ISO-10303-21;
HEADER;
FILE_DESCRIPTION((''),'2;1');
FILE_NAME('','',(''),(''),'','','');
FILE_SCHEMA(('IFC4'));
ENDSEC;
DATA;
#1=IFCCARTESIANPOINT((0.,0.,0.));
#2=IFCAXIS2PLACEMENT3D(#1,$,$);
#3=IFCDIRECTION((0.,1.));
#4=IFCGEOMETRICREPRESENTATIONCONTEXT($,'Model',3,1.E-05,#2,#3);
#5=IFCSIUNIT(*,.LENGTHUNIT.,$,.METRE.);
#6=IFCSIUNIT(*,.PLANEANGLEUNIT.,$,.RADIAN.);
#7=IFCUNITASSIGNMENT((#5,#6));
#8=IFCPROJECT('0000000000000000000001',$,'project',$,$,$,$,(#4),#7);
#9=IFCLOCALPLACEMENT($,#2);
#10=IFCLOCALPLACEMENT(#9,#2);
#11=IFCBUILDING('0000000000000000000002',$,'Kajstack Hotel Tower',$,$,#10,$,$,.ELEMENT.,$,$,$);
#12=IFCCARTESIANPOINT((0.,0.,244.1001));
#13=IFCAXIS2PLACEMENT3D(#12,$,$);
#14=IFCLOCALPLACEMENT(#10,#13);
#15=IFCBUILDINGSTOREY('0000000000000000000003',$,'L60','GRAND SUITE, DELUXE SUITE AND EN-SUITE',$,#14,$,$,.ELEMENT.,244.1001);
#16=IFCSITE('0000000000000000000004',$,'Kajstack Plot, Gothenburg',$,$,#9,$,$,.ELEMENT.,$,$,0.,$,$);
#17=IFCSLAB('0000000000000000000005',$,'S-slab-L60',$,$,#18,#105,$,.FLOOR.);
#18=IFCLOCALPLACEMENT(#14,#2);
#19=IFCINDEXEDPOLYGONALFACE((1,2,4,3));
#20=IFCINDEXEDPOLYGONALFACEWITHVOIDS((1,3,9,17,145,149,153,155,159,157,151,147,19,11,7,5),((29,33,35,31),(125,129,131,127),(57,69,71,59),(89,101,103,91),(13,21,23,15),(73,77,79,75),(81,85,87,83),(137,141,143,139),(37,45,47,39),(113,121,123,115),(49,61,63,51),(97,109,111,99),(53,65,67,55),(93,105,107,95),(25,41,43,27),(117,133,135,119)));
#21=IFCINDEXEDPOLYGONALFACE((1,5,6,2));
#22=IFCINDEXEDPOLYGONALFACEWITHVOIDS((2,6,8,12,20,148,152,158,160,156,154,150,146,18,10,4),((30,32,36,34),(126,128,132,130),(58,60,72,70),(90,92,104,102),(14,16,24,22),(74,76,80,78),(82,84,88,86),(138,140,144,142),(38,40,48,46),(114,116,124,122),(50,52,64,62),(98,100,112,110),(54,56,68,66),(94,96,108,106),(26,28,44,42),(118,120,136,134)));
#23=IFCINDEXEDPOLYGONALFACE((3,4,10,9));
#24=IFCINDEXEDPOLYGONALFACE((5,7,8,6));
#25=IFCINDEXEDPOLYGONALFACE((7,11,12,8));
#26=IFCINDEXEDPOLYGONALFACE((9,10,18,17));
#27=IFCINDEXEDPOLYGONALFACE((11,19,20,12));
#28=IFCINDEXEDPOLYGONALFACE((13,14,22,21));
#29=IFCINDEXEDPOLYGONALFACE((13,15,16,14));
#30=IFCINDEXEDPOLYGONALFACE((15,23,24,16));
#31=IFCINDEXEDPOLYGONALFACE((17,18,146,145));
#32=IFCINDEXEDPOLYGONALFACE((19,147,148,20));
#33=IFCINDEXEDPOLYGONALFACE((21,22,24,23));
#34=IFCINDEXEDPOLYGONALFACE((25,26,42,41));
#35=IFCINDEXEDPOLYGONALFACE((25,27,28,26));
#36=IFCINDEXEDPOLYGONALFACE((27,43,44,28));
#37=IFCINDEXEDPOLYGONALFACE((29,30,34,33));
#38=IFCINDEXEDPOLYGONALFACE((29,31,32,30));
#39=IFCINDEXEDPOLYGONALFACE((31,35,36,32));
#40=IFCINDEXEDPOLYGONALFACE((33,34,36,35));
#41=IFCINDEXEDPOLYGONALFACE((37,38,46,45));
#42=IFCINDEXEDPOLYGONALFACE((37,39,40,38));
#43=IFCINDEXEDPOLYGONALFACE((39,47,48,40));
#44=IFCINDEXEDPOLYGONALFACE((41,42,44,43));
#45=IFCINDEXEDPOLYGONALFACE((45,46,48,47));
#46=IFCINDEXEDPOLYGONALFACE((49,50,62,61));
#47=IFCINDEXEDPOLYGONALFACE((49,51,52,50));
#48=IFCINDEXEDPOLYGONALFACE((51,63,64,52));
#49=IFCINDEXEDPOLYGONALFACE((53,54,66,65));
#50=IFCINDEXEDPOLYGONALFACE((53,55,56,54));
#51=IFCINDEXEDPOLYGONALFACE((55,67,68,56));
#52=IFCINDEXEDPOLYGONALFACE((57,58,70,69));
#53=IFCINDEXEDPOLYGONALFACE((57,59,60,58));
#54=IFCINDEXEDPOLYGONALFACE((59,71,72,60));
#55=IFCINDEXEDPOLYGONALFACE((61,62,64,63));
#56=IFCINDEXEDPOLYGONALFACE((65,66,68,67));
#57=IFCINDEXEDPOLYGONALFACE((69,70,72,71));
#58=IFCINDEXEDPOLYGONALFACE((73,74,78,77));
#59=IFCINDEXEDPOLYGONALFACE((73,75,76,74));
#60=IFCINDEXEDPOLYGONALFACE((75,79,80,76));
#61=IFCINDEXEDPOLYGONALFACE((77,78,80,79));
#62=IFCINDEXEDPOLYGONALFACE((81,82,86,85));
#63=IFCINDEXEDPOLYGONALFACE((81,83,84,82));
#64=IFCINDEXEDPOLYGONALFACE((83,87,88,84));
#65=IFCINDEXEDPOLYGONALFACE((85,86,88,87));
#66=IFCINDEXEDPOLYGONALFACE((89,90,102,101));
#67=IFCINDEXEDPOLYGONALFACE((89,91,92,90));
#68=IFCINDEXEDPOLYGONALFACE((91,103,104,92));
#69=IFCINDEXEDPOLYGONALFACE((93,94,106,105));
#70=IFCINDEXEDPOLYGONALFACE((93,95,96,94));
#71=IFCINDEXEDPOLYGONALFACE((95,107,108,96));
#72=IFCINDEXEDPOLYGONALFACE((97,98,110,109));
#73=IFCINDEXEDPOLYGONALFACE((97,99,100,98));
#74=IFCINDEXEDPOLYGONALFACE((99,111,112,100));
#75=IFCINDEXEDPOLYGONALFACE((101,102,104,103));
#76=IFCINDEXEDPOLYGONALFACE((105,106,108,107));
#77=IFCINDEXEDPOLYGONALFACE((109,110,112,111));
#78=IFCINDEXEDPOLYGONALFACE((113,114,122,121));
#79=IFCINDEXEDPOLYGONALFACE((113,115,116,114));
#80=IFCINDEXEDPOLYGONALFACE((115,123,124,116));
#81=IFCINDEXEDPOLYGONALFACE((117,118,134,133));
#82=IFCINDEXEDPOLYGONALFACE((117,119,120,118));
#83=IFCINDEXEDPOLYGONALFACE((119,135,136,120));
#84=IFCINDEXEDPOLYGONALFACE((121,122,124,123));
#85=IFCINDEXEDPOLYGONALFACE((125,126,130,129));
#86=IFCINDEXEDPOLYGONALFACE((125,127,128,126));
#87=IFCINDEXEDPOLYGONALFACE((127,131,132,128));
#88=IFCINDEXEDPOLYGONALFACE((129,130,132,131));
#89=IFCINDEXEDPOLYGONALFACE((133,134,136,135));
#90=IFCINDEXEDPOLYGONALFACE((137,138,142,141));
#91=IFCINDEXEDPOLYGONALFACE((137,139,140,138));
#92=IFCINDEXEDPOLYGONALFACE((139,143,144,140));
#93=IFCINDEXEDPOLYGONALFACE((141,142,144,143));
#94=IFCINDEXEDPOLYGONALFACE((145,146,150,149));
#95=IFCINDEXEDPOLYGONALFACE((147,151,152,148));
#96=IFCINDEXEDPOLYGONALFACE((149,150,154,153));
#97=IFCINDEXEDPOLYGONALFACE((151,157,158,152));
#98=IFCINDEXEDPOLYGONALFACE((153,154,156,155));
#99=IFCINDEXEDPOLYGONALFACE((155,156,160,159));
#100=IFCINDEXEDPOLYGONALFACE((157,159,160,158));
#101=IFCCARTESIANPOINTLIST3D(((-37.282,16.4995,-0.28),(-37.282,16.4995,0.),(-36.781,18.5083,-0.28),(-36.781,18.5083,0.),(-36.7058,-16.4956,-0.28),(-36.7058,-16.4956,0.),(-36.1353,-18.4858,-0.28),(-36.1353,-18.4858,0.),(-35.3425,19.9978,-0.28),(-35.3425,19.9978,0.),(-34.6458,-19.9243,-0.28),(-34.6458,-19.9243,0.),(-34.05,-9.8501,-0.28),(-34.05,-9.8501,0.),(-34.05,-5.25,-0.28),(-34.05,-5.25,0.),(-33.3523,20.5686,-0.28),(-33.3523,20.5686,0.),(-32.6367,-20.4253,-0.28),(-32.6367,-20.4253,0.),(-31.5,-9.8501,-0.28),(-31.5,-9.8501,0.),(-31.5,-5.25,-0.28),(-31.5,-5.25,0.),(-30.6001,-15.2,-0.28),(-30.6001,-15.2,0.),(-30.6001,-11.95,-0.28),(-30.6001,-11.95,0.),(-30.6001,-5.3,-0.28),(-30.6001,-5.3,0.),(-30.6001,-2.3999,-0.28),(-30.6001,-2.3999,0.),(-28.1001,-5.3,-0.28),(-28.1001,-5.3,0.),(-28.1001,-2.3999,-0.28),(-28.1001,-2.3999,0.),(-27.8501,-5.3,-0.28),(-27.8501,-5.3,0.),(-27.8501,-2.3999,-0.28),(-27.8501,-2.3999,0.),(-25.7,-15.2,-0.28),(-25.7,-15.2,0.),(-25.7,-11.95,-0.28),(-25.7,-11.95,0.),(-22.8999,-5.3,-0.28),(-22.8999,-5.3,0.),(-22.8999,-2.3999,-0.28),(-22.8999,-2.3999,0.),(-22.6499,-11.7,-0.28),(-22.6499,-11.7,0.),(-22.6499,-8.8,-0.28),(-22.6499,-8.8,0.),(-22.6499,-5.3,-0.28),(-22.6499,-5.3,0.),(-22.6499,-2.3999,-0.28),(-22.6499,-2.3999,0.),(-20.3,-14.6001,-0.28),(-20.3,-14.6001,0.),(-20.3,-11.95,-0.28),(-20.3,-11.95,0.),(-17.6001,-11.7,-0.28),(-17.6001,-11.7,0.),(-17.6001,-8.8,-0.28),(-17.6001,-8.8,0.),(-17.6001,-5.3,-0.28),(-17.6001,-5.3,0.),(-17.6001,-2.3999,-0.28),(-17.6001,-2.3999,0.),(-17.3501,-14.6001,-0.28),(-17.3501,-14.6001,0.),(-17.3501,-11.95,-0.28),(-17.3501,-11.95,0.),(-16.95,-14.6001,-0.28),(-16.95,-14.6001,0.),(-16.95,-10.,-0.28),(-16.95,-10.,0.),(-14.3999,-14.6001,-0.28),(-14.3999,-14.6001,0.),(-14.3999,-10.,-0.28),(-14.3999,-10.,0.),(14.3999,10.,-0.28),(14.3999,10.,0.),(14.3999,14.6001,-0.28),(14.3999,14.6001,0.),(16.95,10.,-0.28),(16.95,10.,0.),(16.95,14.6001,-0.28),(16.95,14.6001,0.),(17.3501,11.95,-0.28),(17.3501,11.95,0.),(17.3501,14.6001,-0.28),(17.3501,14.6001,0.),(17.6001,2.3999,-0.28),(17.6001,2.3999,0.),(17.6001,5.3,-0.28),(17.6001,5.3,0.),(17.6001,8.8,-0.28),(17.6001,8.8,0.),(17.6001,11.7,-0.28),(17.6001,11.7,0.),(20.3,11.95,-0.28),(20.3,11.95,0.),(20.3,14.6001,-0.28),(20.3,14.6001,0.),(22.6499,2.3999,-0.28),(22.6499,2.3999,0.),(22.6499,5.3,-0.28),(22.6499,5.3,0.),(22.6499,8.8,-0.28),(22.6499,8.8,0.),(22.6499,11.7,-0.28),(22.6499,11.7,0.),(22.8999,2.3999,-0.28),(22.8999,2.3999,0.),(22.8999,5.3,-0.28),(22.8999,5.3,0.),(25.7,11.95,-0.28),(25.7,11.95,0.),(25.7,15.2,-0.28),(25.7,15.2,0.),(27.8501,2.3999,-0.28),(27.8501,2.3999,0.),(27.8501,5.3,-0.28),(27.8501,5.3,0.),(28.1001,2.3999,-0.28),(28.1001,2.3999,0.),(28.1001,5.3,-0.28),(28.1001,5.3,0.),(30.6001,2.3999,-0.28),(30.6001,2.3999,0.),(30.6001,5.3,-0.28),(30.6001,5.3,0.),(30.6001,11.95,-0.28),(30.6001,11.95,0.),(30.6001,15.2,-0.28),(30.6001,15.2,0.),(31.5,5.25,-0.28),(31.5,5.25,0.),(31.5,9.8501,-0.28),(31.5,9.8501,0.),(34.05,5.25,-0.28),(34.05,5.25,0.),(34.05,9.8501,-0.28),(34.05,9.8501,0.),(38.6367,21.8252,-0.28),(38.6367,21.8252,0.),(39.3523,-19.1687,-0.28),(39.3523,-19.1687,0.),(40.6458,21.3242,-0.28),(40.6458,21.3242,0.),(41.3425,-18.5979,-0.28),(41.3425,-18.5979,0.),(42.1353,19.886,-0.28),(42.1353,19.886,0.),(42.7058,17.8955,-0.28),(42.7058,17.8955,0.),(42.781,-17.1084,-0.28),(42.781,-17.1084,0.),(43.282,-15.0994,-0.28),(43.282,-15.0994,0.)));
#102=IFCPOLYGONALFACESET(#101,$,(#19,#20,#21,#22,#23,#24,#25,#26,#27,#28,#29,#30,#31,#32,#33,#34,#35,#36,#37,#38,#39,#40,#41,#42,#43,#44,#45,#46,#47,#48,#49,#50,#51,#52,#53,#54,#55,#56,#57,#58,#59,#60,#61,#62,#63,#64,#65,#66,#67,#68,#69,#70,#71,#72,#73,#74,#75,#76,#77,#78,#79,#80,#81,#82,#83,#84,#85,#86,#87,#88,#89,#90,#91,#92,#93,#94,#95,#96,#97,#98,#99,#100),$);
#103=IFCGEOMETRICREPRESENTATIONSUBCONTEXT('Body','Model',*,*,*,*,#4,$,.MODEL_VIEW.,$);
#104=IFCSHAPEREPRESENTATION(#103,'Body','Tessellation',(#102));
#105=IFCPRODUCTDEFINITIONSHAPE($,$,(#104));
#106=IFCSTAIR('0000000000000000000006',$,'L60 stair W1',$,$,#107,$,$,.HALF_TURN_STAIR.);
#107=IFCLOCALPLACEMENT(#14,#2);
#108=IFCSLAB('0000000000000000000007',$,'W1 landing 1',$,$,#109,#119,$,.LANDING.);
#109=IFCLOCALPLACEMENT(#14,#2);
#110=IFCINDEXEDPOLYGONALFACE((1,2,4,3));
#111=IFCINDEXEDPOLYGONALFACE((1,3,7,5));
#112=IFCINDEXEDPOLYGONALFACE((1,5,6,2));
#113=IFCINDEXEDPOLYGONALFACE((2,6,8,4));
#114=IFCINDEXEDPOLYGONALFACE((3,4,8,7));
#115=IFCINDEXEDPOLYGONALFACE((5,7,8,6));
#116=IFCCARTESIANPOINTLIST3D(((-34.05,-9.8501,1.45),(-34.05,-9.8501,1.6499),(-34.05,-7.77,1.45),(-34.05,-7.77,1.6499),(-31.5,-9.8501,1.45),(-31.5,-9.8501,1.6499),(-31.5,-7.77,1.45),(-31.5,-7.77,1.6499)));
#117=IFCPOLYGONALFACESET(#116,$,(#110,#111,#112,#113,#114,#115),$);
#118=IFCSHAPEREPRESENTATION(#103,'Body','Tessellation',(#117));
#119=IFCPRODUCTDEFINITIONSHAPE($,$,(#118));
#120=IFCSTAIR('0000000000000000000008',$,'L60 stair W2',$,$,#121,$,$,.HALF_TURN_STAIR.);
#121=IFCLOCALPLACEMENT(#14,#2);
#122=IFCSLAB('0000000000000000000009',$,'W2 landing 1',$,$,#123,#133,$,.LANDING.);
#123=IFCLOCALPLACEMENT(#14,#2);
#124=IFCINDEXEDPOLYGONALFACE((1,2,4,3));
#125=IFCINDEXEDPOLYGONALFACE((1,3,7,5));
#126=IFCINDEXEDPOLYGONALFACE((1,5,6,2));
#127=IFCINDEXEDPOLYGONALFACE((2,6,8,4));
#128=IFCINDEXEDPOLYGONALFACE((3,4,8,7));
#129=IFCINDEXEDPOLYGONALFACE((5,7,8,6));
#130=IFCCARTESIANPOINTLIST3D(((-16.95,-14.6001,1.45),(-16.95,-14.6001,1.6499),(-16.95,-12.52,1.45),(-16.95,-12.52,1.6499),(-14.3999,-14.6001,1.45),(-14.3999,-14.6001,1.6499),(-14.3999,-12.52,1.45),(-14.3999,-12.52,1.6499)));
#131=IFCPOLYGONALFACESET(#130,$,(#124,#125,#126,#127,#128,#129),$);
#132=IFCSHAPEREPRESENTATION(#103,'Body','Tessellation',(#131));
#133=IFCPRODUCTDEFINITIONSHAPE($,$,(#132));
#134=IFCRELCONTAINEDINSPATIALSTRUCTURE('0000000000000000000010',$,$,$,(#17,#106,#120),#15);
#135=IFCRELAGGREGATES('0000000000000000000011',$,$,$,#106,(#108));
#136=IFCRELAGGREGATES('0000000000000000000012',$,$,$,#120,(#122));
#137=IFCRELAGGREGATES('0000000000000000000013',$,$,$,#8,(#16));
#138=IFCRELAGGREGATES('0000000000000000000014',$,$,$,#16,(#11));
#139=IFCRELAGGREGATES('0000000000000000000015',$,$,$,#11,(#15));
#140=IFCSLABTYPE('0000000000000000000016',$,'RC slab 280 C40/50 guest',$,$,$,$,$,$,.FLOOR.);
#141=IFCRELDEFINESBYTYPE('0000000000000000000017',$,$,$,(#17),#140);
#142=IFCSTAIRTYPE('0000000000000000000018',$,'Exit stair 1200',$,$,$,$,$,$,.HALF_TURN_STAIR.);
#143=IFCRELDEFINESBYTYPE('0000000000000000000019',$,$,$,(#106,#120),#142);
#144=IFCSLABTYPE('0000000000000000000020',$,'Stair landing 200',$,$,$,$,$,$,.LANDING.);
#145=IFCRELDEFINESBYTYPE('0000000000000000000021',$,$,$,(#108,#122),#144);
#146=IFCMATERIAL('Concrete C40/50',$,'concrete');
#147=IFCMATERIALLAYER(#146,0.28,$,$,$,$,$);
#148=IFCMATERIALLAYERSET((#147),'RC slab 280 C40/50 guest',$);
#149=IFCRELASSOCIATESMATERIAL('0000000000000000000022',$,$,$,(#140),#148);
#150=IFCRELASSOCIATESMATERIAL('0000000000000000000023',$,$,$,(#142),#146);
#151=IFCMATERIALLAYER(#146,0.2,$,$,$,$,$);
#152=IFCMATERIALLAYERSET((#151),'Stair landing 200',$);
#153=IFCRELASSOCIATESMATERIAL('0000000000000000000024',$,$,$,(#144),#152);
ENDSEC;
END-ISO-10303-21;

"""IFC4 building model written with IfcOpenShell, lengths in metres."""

from ifc_helpers import new_model, si_unit, direction, frame, origin, place, context, subcontext, project, spatial, polyline, outline, extrude, material, layer, layer_set, type_object, element, aggregate, save


model = new_model("IFC4")

# Units and contexts
model_context = context("Model", 3, precision=1e-05, world=origin(), true_north=direction((0.0, 1.0)))
body_context = subcontext(model_context, "Body", "Model", "MODEL_VIEW")
ifc_project = project(units=[si_unit("LENGTHUNIT", "METRE"), si_unit("PLANEANGLEUNIT", "RADIAN")], contexts=[model_context])

# Site, building, storey
site_placement = place(None, origin())
site = spatial("IfcSite", under=ifc_project, at=site_placement, Name="Kajstack Plot, Gothenburg", CompositionType="ELEMENT", RefElevation=0.0)
building_placement = place(site_placement, origin())
building = spatial("IfcBuilding", under=site, at=building_placement, Name="Kajstack Hotel Tower", CompositionType="ELEMENT")
storey_placement = place(building_placement, frame((0.0, 0.0, 244.1001)))
storey = spatial("IfcBuildingStorey", under=building, at=storey_placement, Name="L60", Description="GRAND SUITE, DELUXE SUITE AND EN-SUITE", CompositionType="ELEMENT", Elevation=244.1001)

# Slab
ifc_material_1 = material(Name="Concrete C40/50", Category="concrete")
ifc_layer_1 = layer(ifc_material_1, 0.28)
ifc_layer_set_1 = layer_set([ifc_layer_1], Name="RC slab 280 C40/50 guest")
slab_type_1 = type_object("IfcSlabType", Name="RC slab 280 C40/50 guest", PredefinedType="FLOOR", material=ifc_layer_set_1)
slab_1_placement = place(storey_placement, frame((0.0, 0.0, -0.28)))
element("IfcSlab", 1, at=slab_1_placement, inside=storey, type_object=slab_type_1, Name="S-slab-L60", PredefinedType="FLOOR", context=body_context, shape_type="SweptSolid", body=[
    extrude(outline(polyline([(-37.282, 16.4995), (-36.7058, -16.4956), (-36.1353, -18.4858), (-34.6458, -19.9243), (-32.6367, -20.4253), (39.3523, -19.1687), (41.3425, -18.5979), (42.781, -17.1084), (43.282, -15.0994), (42.7058, 17.8955), (42.1353, 19.886), (40.6458, 21.3242), (38.6367, 21.8252), (-33.3523, 20.5686), (-35.3425, 19.9978), (-36.781, 18.5083), (-37.282, 16.4995)]), holes=[polyline([(-22.6499, -11.7), (-22.6499, -8.8), (-17.6001, -8.8), (-17.6001, -11.7), (-22.6499, -11.7)]), polyline([(-27.8501, -5.3), (-27.8501, -2.3999), (-22.8999, -2.3999), (-22.8999, -5.3), (-27.8501, -5.3)]), polyline([(-22.6499, -5.3), (-22.6499, -2.3999), (-17.6001, -2.3999), (-17.6001, -5.3), (-22.6499, -5.3)]), polyline([(-20.3, -14.6001), (-17.3501, -14.6001), (-17.3501, -11.95), (-20.3, -11.95), (-20.3, -14.6001)]), polyline([(-30.6001, -5.3), (-28.1001, -5.3), (-28.1001, -2.3999), (-30.6001, -2.3999), (-30.6001, -5.3)]), polyline([(17.6001, 8.8), (17.6001, 11.7), (22.6499, 11.7), (22.6499, 8.8), (17.6001, 8.8)]), polyline([(22.8999, 2.3999), (22.8999, 5.3), (27.8501, 5.3), (27.8501, 2.3999), (22.8999, 2.3999)]), polyline([(17.6001, 2.3999), (17.6001, 5.3), (22.6499, 5.3), (22.6499, 2.3999), (17.6001, 2.3999)]), polyline([(20.3, 14.6001), (17.3501, 14.6001), (17.3501, 11.95), (20.3, 11.95), (20.3, 14.6001)]), polyline([(30.6001, 5.3), (28.1001, 5.3), (28.1001, 2.3999), (30.6001, 2.3999), (30.6001, 5.3)]), polyline([(-34.05, -9.8501), (-31.5, -9.8501), (-31.5, -5.25), (-34.05, -5.25), (-34.05, -9.8501)]), polyline([(-16.95, -14.6001), (-14.3999, -14.6001), (-14.3999, -10.0), (-16.95, -10.0), (-16.95, -14.6001)]), polyline([(-30.6001, -15.2), (-25.7, -15.2), (-25.7, -11.95), (-30.6001, -11.95), (-30.6001, -15.2)]), polyline([(34.05, 9.8501), (31.5, 9.8501), (31.5, 5.25), (34.05, 5.25), (34.05, 9.8501)]), polyline([(16.95, 14.6001), (14.3999, 14.6001), (14.3999, 10.0), (16.95, 10.0), (16.95, 14.6001)]), polyline([(30.6001, 15.2), (25.7, 15.2), (25.7, 11.95), (30.6001, 11.95), (30.6001, 15.2)])]), origin(), (0.0, 0.0, 1.0), 0.28),
])

# Stairs, slabs
stair_type = type_object("IfcStairType", Name="Exit stair 1200", PredefinedType="HALF_TURN_STAIR", material=ifc_material_1)
stair_1_placement = place(storey_placement, origin())
stair_1 = element("IfcStair", 2, at=stair_1_placement, inside=storey, type_object=stair_type, Name="L60 stair W1", PredefinedType="HALF_TURN_STAIR")
ifc_layer_2 = layer(ifc_material_1, 0.2)
ifc_layer_set_2 = layer_set([ifc_layer_2], Name="Stair landing 200")
slab_type_2 = type_object("IfcSlabType", Name="Stair landing 200", PredefinedType="LANDING", material=ifc_layer_set_2)
slab_2_placement = place(storey_placement, frame((0.0, 0.0, 1.45)))
slab_2 = element("IfcSlab", 3, at=slab_2_placement, type_object=slab_type_2, Name="W1 landing 1", PredefinedType="LANDING", context=body_context, shape_type="SweptSolid", body=[
    extrude(outline(polyline([(-34.05, -7.77), (-34.05, -9.8501), (-31.5, -9.8501), (-31.5, -7.77), (-34.05, -7.77)])), origin(), (0.0, 0.0, 1.0), 0.2),
])
aggregate(stair_1, [slab_2])
stair_2_placement = place(storey_placement, origin())
stair_2 = element("IfcStair", 4, at=stair_2_placement, inside=storey, type_object=stair_type, Name="L60 stair W2", PredefinedType="HALF_TURN_STAIR")
slab_3_placement = place(storey_placement, frame((0.0, 0.0, 1.45)))
slab_3 = element("IfcSlab", 5, at=slab_3_placement, type_object=slab_type_2, Name="W2 landing 1", PredefinedType="LANDING", context=body_context, shape_type="SweptSolid", body=[
    extrude(outline(polyline([(-16.95, -12.52), (-16.95, -14.6001), (-14.3999, -14.6001), (-14.3999, -12.52), (-16.95, -12.52)])), origin(), (0.0, 0.0, 1.0), 0.2),
])
aggregate(stair_2, [slab_3])

save(model, "model.ifc")
